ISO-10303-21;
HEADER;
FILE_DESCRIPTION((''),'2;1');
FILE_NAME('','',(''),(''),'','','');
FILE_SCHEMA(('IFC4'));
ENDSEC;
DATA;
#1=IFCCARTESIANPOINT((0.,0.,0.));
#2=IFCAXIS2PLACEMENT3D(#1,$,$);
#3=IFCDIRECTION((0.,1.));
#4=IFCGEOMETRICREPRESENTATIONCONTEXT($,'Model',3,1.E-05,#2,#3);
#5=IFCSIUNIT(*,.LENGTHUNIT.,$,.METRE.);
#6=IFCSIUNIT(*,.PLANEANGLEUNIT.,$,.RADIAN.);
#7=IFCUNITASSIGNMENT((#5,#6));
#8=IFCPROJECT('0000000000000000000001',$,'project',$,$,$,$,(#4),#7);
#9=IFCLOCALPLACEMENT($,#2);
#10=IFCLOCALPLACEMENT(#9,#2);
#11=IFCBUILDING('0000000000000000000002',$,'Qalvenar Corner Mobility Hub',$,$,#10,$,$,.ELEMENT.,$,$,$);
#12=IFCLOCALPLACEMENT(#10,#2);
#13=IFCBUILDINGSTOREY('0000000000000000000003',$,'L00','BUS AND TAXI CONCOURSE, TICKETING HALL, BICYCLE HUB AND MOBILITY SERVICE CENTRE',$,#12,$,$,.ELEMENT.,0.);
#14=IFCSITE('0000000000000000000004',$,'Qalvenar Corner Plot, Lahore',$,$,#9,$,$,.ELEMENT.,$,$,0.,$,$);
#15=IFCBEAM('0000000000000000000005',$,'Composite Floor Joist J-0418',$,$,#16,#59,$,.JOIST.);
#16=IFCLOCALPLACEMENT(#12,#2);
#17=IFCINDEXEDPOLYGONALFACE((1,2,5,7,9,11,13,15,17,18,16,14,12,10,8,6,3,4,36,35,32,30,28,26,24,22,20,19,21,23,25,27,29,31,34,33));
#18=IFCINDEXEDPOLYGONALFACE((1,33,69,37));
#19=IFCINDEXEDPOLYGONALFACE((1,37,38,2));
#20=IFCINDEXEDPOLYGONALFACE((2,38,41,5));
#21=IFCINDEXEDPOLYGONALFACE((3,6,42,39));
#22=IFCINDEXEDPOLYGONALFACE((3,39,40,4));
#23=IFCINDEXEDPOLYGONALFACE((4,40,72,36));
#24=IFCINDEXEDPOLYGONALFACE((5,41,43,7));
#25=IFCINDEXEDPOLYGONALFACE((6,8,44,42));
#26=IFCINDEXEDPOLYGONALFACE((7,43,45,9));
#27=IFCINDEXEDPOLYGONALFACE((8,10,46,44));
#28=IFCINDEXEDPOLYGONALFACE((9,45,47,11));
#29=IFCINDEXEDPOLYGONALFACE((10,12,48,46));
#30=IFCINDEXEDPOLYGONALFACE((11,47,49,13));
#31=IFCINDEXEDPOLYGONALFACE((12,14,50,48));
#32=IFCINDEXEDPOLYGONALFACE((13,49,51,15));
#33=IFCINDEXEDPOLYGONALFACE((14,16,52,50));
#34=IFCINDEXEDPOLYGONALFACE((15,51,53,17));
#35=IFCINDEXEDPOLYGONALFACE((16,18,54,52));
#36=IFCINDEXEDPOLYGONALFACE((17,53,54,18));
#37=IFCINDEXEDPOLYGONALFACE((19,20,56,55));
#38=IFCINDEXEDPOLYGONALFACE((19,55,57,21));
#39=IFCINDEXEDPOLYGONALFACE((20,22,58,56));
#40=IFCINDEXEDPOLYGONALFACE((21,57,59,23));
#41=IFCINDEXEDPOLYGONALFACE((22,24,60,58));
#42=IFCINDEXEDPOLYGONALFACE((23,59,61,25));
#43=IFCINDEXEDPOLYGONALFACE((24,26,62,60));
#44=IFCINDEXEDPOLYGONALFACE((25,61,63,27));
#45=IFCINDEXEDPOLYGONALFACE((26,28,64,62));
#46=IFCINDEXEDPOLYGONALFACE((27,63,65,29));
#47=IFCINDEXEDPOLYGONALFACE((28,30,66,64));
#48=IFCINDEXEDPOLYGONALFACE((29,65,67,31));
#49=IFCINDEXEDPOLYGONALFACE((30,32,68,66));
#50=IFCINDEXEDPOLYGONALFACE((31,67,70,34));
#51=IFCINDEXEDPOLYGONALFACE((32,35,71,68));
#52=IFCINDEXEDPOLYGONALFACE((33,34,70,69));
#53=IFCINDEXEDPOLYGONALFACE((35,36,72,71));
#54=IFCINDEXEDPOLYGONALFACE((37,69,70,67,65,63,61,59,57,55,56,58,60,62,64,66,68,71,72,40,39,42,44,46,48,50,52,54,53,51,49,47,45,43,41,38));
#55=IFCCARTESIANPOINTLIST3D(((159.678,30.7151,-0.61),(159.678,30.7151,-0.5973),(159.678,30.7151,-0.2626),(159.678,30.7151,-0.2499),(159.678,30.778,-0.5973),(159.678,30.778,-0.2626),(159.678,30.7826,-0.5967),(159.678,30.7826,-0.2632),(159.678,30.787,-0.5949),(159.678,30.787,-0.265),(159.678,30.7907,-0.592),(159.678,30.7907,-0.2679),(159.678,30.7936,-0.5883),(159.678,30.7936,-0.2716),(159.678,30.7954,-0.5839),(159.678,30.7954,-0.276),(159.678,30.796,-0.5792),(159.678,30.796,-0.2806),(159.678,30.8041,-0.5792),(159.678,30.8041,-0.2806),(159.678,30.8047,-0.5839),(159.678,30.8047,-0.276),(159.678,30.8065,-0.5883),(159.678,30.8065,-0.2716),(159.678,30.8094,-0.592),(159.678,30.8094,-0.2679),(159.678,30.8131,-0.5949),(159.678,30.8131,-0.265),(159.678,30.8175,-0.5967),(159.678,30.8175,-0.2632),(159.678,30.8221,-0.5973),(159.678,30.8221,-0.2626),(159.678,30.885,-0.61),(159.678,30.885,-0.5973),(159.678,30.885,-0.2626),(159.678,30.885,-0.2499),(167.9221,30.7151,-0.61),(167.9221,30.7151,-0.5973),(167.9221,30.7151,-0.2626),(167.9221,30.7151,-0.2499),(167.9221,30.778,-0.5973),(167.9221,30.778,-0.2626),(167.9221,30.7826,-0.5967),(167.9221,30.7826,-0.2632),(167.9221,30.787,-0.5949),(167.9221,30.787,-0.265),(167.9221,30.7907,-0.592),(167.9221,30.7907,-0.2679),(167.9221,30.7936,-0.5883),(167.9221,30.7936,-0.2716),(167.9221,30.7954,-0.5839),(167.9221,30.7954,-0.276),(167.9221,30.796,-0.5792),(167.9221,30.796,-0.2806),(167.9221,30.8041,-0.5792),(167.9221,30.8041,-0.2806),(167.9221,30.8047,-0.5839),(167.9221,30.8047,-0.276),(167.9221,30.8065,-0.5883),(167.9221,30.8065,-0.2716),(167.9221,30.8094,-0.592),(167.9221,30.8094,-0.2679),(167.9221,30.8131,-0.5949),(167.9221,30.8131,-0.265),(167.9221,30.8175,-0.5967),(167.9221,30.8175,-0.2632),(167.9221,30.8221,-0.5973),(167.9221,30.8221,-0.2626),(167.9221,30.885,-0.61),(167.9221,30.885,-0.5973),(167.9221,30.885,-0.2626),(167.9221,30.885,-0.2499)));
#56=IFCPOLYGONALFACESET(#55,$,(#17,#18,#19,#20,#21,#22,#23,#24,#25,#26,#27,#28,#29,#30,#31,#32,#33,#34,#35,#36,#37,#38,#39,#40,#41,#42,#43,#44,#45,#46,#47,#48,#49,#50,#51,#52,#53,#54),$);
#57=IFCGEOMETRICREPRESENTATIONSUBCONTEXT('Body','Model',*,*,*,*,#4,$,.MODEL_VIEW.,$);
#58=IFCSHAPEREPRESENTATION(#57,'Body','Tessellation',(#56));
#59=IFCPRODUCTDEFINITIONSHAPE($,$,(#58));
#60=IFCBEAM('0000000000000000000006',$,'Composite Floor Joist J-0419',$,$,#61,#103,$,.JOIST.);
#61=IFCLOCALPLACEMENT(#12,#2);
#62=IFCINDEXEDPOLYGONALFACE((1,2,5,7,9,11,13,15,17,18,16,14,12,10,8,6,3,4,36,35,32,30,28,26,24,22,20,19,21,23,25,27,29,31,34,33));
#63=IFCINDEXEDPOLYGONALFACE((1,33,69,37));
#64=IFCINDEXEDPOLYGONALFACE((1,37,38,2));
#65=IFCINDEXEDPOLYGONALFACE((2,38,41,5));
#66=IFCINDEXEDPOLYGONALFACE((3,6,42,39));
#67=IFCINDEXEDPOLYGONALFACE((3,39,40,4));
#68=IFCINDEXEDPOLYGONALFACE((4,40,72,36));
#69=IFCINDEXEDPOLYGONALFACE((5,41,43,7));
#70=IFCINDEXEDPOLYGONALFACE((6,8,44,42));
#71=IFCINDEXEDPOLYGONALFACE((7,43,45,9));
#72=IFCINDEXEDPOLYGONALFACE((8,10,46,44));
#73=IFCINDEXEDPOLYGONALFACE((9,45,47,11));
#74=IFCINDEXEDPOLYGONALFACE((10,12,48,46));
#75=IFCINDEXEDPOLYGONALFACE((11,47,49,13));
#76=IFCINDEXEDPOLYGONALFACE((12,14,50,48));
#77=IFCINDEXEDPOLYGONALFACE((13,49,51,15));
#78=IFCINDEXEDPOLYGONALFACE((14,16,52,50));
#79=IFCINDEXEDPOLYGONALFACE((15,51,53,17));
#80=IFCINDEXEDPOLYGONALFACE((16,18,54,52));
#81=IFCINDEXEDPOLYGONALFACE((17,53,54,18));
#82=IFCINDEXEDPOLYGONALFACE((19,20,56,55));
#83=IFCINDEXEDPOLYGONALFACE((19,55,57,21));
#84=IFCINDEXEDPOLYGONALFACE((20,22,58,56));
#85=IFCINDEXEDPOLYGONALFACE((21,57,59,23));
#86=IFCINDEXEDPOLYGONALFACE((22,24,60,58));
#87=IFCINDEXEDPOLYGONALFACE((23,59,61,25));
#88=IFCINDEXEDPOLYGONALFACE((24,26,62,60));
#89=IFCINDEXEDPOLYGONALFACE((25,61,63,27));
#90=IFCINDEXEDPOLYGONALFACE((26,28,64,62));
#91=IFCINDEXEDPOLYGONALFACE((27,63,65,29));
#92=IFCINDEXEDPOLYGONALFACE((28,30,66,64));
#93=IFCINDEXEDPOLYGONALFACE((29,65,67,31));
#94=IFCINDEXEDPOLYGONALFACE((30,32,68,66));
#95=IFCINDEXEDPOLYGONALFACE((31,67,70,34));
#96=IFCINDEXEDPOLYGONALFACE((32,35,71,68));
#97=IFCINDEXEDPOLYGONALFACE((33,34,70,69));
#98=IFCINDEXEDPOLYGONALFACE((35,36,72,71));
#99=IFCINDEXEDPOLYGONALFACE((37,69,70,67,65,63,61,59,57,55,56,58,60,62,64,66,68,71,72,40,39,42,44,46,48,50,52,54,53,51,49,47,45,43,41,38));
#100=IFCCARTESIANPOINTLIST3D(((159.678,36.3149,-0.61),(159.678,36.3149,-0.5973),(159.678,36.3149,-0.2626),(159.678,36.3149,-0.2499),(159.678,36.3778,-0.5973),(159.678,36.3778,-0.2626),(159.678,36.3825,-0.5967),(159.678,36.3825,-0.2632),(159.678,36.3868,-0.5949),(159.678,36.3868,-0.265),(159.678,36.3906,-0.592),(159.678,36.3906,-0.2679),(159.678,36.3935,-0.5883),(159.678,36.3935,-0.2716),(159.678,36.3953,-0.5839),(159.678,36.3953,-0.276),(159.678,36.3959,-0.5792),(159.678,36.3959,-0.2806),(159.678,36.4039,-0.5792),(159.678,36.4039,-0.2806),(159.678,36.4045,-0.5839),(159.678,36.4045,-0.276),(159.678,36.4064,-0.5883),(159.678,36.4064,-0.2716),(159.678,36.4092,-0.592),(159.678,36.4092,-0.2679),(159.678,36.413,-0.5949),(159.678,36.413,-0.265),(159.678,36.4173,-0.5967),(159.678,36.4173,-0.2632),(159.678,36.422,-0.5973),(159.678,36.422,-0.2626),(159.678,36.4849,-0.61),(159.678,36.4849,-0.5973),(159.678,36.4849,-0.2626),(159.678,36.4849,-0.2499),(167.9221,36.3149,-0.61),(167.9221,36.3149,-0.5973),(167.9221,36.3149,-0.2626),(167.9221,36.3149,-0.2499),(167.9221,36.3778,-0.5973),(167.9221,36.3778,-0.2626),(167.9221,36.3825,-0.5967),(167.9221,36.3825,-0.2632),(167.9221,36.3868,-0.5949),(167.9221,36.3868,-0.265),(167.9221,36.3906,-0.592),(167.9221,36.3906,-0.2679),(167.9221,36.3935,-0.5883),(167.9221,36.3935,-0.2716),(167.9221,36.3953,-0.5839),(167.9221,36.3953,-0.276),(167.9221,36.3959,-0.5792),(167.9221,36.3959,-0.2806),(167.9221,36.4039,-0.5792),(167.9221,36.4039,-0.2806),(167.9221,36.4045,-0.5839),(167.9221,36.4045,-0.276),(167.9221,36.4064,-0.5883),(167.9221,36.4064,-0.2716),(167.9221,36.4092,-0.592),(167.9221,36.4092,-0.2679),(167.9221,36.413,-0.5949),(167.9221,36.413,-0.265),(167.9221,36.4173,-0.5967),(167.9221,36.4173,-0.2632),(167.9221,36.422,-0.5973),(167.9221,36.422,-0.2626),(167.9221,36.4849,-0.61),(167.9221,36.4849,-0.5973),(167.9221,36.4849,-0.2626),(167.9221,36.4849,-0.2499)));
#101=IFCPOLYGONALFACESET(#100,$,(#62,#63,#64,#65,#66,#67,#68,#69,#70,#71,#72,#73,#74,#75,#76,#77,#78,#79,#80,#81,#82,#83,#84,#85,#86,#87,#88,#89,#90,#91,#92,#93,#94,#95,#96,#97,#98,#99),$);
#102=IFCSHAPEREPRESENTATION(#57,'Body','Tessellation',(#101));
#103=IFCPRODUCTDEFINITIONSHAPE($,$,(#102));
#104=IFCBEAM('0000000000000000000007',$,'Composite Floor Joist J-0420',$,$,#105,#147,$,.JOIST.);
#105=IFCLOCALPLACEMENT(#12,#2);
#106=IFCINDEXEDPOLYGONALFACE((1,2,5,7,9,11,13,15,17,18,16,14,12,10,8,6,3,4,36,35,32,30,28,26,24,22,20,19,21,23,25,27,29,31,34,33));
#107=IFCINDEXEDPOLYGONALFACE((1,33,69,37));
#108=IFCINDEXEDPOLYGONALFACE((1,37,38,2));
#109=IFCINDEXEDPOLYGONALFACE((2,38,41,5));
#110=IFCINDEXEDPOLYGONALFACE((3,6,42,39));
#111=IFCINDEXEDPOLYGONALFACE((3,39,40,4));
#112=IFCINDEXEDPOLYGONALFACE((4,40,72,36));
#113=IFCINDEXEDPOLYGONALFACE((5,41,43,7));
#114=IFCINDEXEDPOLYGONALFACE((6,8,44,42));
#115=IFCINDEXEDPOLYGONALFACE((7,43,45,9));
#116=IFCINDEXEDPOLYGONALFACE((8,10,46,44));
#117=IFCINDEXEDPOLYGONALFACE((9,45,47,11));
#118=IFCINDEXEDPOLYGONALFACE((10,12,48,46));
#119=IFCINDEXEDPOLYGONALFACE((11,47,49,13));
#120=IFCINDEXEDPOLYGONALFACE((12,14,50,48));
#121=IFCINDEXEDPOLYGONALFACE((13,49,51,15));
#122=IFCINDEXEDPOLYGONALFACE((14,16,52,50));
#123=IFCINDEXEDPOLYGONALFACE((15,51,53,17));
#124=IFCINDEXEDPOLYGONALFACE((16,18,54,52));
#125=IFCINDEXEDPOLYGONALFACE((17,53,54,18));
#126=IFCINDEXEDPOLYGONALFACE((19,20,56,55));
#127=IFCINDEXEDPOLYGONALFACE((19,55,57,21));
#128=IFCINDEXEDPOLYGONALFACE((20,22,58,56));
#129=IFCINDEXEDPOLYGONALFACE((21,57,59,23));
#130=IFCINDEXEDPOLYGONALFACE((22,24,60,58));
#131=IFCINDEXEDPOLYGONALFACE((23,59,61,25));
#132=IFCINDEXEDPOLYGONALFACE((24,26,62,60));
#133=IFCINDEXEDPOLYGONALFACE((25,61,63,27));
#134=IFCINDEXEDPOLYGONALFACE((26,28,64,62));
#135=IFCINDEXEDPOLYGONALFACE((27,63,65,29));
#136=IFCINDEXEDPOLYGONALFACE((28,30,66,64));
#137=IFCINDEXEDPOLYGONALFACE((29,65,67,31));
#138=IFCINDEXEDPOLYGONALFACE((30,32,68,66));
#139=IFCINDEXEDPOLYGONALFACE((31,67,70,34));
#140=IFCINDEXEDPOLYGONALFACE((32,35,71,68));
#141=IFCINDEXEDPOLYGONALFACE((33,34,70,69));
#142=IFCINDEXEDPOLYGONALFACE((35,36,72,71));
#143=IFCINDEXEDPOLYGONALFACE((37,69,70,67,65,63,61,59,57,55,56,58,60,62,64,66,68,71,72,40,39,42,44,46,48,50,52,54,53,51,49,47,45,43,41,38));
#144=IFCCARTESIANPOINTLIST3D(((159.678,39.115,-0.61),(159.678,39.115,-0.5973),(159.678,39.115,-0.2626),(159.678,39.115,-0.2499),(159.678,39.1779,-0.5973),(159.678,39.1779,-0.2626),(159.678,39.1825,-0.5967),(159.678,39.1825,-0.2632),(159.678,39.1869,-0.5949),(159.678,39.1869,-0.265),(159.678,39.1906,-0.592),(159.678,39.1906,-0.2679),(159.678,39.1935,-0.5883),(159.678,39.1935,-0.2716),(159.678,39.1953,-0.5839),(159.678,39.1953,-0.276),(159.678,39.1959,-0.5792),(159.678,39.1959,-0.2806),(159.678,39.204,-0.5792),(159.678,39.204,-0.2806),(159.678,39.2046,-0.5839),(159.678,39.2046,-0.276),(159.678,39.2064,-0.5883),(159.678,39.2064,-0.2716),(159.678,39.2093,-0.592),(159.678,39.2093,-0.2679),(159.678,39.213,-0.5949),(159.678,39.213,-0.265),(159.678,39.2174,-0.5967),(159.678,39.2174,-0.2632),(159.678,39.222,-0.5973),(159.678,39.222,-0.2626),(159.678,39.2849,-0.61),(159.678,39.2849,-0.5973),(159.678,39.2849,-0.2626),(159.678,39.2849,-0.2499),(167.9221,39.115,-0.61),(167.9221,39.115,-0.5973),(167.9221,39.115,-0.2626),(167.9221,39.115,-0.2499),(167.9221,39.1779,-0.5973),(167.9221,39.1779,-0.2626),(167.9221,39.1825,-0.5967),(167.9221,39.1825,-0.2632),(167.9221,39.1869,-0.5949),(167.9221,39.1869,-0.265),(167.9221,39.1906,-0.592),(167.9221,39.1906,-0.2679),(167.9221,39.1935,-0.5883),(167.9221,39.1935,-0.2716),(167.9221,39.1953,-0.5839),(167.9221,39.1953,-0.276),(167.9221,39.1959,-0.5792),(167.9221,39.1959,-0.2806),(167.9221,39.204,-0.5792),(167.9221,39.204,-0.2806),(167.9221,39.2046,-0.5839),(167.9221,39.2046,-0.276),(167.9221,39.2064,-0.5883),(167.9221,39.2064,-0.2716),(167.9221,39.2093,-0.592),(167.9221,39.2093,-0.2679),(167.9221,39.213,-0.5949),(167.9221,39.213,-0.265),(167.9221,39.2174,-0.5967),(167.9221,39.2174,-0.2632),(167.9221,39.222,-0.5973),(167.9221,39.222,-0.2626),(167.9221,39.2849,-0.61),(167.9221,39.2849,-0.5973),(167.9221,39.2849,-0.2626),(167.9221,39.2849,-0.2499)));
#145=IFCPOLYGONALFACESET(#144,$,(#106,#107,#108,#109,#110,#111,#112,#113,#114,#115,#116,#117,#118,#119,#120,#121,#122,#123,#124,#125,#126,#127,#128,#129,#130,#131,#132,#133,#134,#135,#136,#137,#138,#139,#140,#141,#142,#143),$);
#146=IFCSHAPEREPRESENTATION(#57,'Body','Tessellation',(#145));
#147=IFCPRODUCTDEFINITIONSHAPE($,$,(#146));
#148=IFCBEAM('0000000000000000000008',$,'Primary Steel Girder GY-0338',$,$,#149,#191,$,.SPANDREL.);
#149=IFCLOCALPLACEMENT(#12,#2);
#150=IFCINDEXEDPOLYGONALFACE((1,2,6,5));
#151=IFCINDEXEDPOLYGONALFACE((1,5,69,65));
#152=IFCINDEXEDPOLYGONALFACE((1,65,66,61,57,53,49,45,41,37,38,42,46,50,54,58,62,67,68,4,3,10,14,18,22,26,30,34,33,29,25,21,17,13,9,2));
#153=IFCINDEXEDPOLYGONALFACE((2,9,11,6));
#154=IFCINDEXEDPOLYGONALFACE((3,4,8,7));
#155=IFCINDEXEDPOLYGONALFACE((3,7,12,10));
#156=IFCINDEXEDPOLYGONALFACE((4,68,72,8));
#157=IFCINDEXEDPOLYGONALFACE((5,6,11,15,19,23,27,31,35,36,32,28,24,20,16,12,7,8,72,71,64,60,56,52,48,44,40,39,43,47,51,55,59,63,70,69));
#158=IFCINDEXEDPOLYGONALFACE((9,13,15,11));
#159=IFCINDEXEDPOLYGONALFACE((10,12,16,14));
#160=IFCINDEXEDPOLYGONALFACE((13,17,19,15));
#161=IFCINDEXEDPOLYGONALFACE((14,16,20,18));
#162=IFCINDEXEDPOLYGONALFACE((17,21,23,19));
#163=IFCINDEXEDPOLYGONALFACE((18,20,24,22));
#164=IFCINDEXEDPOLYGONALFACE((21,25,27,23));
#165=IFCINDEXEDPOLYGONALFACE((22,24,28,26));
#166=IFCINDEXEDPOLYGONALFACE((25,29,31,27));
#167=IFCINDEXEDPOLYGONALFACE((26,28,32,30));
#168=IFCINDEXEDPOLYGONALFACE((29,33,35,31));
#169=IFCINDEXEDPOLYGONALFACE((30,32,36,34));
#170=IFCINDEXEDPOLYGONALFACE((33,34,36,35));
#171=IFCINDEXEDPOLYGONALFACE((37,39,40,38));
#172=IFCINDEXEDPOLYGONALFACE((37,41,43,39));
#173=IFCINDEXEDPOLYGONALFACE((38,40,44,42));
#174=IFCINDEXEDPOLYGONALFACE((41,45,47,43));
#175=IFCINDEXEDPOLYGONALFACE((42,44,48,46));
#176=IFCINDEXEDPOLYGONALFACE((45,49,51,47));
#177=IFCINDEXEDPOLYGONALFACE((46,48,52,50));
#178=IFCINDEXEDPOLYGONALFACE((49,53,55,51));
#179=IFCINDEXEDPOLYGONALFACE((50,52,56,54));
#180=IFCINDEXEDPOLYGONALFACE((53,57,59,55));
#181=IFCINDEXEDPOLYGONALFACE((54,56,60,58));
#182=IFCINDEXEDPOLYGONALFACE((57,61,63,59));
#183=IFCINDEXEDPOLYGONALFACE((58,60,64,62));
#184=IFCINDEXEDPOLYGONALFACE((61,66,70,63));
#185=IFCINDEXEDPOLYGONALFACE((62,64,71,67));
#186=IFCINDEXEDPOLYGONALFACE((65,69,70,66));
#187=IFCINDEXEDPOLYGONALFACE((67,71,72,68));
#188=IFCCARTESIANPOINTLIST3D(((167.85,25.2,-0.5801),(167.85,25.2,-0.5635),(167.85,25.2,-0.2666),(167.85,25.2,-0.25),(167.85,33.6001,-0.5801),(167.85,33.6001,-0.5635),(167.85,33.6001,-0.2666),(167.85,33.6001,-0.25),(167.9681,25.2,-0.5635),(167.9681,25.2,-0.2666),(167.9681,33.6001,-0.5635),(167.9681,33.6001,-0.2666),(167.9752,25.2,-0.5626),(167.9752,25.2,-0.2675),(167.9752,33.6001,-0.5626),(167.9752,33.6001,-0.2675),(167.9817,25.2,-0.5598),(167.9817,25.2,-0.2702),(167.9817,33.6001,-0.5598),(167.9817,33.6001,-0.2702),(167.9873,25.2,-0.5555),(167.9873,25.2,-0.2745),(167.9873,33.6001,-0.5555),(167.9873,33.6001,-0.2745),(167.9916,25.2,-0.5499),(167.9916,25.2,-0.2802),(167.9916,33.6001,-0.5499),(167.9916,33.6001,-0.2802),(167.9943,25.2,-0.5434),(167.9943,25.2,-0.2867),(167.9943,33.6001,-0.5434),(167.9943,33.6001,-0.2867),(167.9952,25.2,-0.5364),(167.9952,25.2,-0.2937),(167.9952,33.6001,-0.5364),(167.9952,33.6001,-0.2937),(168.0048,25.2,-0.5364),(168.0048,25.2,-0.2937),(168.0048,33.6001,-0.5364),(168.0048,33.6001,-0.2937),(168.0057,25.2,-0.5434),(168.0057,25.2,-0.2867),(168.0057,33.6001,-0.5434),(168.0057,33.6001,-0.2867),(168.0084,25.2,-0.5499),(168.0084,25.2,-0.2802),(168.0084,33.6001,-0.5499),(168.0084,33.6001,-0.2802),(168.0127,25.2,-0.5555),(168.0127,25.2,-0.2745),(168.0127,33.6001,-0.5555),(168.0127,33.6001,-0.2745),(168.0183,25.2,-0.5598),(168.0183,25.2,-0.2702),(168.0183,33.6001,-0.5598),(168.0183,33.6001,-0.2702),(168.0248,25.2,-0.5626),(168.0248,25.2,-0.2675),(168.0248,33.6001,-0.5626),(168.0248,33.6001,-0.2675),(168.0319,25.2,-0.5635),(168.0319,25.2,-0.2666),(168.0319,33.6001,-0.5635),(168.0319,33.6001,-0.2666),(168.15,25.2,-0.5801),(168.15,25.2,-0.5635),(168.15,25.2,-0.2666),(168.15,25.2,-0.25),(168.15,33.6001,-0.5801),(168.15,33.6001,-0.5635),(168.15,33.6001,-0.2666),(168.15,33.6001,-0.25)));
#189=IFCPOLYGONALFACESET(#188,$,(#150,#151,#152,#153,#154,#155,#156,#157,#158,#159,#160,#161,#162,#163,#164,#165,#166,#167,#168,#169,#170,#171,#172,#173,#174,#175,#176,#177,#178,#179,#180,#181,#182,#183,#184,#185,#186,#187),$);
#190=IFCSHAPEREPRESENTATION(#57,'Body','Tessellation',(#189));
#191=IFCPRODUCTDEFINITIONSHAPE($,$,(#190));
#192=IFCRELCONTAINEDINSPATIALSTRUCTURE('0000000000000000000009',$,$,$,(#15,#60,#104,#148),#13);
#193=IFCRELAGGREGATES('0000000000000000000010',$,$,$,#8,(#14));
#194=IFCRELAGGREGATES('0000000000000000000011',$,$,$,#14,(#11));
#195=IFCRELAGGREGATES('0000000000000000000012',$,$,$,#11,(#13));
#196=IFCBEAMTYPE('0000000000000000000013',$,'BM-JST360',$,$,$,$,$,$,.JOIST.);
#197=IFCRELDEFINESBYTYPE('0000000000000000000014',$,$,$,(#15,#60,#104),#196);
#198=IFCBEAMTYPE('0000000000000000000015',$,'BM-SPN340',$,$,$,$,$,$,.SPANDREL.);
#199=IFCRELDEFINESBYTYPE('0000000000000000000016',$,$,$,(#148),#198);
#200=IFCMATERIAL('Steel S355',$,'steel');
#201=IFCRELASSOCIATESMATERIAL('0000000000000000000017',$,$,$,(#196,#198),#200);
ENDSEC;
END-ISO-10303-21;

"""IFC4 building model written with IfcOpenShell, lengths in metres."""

from ifc_helpers import new_model, si_unit, direction, frame, origin, origin_2d, place, context, subcontext, project, spatial, i_section, extrude, material, material_profile, profile_set, type_object, element, save


model = new_model("IFC4")

# Units and contexts
model_context = context("Model", 3, precision=1e-05, world=origin(), true_north=direction((0.0, 1.0)))
body_context = subcontext(model_context, "Body", "Model", "MODEL_VIEW")
ifc_project = project(units=[si_unit("LENGTHUNIT", "METRE"), si_unit("PLANEANGLEUNIT", "RADIAN")], contexts=[model_context])

# Site, building, storey
site_placement = place(None, origin())
site = spatial("IfcSite", under=ifc_project, at=site_placement, Name="Qalvenar Corner Plot, Lahore", CompositionType="ELEMENT", RefElevation=0.0)
building_placement = place(site_placement, origin())
building = spatial("IfcBuilding", under=site, at=building_placement, Name="Qalvenar Corner Mobility Hub", CompositionType="ELEMENT")
storey_placement = place(building_placement, origin())
storey = spatial("IfcBuildingStorey", under=building, at=storey_placement, Name="L00", Description="BUS AND TAXI CONCOURSE, TICKETING HALL, BICYCLE HUB AND MOBILITY SERVICE CENTRE", CompositionType="ELEMENT", Elevation=0.0)

# Shared definitions
ifc_material_1 = material(Name="Steel S355", Category="steel")

# Beams
ifc_material_profile_1 = material_profile(ifc_material_1, i_section(OverallWidth=0.1699, OverallDepth=0.3601, WebThickness=0.0081, FlangeThickness=0.0127, FilletRadius=0.0181, at=origin_2d()), Name="IPE360")
ifc_profile_set_1 = profile_set([ifc_material_profile_1], Name="Steel S355")
beam_type_1 = type_object("IfcBeamType", Name="BM-JST360", PredefinedType="JOIST", material=ifc_profile_set_1)
for number, where, z_axis, x_axis, name in (
    (1, (159.678, 30.8, -0.4299), (1.0, 0.0, 0.0), (0.0, 1.0, 0.0), "Composite Floor Joist J-0418"),
    (2, (159.678, 36.3999, -0.4299), (1.0, 0.0, 0.0), (0.0, 1.0, 0.0), "Composite Floor Joist J-0419"),
    (3, (159.678, 39.2, -0.4299), (1.0, 0.0, 0.0), (0.0, 1.0, 0.0), "Composite Floor Joist J-0420"),
):
    element("IfcBeam", number, at=place(storey_placement, frame(where, z_axis=z_axis, x_axis=x_axis)), inside=storey, type_object=beam_type_1, Name=name, PredefinedType="JOIST", context=body_context, shape_type="SweptSolid", body=[
        extrude(i_section(OverallWidth=0.1699, OverallDepth=0.3601, WebThickness=0.0081, FlangeThickness=0.0127, FilletRadius=0.0181, at=origin_2d()), origin(), (0.0, 0.0, 1.0), 8.2441),
    ])
ifc_material_profile_2 = material_profile(ifc_material_1, i_section(OverallWidth=0.3, OverallDepth=0.3301, WebThickness=0.0095, FlangeThickness=0.0166, FilletRadius=0.0271, at=origin_2d()), Name="HEA340")
ifc_profile_set_2 = profile_set([ifc_material_profile_2], Name="Steel S355")
beam_type_2 = type_object("IfcBeamType", Name="BM-SPN340", PredefinedType="SPANDREL", material=ifc_profile_set_2)
beam_1_placement = place(storey_placement, frame((168.0, 25.2, -0.415), z_axis=(0.0, 1.0, 0.0), x_axis=(-1.0, 0.0, 0.0)))
element("IfcBeam", 4, at=beam_1_placement, inside=storey, type_object=beam_type_2, Name="Primary Steel Girder GY-0338", PredefinedType="SPANDREL", context=body_context, shape_type="SweptSolid", body=[
    extrude(i_section(OverallWidth=0.3, OverallDepth=0.3301, WebThickness=0.0095, FlangeThickness=0.0166, FilletRadius=0.0271, at=origin_2d()), origin(), (0.0, 0.0, 1.0), 8.4001),
])

save(model, "model.ifc")
